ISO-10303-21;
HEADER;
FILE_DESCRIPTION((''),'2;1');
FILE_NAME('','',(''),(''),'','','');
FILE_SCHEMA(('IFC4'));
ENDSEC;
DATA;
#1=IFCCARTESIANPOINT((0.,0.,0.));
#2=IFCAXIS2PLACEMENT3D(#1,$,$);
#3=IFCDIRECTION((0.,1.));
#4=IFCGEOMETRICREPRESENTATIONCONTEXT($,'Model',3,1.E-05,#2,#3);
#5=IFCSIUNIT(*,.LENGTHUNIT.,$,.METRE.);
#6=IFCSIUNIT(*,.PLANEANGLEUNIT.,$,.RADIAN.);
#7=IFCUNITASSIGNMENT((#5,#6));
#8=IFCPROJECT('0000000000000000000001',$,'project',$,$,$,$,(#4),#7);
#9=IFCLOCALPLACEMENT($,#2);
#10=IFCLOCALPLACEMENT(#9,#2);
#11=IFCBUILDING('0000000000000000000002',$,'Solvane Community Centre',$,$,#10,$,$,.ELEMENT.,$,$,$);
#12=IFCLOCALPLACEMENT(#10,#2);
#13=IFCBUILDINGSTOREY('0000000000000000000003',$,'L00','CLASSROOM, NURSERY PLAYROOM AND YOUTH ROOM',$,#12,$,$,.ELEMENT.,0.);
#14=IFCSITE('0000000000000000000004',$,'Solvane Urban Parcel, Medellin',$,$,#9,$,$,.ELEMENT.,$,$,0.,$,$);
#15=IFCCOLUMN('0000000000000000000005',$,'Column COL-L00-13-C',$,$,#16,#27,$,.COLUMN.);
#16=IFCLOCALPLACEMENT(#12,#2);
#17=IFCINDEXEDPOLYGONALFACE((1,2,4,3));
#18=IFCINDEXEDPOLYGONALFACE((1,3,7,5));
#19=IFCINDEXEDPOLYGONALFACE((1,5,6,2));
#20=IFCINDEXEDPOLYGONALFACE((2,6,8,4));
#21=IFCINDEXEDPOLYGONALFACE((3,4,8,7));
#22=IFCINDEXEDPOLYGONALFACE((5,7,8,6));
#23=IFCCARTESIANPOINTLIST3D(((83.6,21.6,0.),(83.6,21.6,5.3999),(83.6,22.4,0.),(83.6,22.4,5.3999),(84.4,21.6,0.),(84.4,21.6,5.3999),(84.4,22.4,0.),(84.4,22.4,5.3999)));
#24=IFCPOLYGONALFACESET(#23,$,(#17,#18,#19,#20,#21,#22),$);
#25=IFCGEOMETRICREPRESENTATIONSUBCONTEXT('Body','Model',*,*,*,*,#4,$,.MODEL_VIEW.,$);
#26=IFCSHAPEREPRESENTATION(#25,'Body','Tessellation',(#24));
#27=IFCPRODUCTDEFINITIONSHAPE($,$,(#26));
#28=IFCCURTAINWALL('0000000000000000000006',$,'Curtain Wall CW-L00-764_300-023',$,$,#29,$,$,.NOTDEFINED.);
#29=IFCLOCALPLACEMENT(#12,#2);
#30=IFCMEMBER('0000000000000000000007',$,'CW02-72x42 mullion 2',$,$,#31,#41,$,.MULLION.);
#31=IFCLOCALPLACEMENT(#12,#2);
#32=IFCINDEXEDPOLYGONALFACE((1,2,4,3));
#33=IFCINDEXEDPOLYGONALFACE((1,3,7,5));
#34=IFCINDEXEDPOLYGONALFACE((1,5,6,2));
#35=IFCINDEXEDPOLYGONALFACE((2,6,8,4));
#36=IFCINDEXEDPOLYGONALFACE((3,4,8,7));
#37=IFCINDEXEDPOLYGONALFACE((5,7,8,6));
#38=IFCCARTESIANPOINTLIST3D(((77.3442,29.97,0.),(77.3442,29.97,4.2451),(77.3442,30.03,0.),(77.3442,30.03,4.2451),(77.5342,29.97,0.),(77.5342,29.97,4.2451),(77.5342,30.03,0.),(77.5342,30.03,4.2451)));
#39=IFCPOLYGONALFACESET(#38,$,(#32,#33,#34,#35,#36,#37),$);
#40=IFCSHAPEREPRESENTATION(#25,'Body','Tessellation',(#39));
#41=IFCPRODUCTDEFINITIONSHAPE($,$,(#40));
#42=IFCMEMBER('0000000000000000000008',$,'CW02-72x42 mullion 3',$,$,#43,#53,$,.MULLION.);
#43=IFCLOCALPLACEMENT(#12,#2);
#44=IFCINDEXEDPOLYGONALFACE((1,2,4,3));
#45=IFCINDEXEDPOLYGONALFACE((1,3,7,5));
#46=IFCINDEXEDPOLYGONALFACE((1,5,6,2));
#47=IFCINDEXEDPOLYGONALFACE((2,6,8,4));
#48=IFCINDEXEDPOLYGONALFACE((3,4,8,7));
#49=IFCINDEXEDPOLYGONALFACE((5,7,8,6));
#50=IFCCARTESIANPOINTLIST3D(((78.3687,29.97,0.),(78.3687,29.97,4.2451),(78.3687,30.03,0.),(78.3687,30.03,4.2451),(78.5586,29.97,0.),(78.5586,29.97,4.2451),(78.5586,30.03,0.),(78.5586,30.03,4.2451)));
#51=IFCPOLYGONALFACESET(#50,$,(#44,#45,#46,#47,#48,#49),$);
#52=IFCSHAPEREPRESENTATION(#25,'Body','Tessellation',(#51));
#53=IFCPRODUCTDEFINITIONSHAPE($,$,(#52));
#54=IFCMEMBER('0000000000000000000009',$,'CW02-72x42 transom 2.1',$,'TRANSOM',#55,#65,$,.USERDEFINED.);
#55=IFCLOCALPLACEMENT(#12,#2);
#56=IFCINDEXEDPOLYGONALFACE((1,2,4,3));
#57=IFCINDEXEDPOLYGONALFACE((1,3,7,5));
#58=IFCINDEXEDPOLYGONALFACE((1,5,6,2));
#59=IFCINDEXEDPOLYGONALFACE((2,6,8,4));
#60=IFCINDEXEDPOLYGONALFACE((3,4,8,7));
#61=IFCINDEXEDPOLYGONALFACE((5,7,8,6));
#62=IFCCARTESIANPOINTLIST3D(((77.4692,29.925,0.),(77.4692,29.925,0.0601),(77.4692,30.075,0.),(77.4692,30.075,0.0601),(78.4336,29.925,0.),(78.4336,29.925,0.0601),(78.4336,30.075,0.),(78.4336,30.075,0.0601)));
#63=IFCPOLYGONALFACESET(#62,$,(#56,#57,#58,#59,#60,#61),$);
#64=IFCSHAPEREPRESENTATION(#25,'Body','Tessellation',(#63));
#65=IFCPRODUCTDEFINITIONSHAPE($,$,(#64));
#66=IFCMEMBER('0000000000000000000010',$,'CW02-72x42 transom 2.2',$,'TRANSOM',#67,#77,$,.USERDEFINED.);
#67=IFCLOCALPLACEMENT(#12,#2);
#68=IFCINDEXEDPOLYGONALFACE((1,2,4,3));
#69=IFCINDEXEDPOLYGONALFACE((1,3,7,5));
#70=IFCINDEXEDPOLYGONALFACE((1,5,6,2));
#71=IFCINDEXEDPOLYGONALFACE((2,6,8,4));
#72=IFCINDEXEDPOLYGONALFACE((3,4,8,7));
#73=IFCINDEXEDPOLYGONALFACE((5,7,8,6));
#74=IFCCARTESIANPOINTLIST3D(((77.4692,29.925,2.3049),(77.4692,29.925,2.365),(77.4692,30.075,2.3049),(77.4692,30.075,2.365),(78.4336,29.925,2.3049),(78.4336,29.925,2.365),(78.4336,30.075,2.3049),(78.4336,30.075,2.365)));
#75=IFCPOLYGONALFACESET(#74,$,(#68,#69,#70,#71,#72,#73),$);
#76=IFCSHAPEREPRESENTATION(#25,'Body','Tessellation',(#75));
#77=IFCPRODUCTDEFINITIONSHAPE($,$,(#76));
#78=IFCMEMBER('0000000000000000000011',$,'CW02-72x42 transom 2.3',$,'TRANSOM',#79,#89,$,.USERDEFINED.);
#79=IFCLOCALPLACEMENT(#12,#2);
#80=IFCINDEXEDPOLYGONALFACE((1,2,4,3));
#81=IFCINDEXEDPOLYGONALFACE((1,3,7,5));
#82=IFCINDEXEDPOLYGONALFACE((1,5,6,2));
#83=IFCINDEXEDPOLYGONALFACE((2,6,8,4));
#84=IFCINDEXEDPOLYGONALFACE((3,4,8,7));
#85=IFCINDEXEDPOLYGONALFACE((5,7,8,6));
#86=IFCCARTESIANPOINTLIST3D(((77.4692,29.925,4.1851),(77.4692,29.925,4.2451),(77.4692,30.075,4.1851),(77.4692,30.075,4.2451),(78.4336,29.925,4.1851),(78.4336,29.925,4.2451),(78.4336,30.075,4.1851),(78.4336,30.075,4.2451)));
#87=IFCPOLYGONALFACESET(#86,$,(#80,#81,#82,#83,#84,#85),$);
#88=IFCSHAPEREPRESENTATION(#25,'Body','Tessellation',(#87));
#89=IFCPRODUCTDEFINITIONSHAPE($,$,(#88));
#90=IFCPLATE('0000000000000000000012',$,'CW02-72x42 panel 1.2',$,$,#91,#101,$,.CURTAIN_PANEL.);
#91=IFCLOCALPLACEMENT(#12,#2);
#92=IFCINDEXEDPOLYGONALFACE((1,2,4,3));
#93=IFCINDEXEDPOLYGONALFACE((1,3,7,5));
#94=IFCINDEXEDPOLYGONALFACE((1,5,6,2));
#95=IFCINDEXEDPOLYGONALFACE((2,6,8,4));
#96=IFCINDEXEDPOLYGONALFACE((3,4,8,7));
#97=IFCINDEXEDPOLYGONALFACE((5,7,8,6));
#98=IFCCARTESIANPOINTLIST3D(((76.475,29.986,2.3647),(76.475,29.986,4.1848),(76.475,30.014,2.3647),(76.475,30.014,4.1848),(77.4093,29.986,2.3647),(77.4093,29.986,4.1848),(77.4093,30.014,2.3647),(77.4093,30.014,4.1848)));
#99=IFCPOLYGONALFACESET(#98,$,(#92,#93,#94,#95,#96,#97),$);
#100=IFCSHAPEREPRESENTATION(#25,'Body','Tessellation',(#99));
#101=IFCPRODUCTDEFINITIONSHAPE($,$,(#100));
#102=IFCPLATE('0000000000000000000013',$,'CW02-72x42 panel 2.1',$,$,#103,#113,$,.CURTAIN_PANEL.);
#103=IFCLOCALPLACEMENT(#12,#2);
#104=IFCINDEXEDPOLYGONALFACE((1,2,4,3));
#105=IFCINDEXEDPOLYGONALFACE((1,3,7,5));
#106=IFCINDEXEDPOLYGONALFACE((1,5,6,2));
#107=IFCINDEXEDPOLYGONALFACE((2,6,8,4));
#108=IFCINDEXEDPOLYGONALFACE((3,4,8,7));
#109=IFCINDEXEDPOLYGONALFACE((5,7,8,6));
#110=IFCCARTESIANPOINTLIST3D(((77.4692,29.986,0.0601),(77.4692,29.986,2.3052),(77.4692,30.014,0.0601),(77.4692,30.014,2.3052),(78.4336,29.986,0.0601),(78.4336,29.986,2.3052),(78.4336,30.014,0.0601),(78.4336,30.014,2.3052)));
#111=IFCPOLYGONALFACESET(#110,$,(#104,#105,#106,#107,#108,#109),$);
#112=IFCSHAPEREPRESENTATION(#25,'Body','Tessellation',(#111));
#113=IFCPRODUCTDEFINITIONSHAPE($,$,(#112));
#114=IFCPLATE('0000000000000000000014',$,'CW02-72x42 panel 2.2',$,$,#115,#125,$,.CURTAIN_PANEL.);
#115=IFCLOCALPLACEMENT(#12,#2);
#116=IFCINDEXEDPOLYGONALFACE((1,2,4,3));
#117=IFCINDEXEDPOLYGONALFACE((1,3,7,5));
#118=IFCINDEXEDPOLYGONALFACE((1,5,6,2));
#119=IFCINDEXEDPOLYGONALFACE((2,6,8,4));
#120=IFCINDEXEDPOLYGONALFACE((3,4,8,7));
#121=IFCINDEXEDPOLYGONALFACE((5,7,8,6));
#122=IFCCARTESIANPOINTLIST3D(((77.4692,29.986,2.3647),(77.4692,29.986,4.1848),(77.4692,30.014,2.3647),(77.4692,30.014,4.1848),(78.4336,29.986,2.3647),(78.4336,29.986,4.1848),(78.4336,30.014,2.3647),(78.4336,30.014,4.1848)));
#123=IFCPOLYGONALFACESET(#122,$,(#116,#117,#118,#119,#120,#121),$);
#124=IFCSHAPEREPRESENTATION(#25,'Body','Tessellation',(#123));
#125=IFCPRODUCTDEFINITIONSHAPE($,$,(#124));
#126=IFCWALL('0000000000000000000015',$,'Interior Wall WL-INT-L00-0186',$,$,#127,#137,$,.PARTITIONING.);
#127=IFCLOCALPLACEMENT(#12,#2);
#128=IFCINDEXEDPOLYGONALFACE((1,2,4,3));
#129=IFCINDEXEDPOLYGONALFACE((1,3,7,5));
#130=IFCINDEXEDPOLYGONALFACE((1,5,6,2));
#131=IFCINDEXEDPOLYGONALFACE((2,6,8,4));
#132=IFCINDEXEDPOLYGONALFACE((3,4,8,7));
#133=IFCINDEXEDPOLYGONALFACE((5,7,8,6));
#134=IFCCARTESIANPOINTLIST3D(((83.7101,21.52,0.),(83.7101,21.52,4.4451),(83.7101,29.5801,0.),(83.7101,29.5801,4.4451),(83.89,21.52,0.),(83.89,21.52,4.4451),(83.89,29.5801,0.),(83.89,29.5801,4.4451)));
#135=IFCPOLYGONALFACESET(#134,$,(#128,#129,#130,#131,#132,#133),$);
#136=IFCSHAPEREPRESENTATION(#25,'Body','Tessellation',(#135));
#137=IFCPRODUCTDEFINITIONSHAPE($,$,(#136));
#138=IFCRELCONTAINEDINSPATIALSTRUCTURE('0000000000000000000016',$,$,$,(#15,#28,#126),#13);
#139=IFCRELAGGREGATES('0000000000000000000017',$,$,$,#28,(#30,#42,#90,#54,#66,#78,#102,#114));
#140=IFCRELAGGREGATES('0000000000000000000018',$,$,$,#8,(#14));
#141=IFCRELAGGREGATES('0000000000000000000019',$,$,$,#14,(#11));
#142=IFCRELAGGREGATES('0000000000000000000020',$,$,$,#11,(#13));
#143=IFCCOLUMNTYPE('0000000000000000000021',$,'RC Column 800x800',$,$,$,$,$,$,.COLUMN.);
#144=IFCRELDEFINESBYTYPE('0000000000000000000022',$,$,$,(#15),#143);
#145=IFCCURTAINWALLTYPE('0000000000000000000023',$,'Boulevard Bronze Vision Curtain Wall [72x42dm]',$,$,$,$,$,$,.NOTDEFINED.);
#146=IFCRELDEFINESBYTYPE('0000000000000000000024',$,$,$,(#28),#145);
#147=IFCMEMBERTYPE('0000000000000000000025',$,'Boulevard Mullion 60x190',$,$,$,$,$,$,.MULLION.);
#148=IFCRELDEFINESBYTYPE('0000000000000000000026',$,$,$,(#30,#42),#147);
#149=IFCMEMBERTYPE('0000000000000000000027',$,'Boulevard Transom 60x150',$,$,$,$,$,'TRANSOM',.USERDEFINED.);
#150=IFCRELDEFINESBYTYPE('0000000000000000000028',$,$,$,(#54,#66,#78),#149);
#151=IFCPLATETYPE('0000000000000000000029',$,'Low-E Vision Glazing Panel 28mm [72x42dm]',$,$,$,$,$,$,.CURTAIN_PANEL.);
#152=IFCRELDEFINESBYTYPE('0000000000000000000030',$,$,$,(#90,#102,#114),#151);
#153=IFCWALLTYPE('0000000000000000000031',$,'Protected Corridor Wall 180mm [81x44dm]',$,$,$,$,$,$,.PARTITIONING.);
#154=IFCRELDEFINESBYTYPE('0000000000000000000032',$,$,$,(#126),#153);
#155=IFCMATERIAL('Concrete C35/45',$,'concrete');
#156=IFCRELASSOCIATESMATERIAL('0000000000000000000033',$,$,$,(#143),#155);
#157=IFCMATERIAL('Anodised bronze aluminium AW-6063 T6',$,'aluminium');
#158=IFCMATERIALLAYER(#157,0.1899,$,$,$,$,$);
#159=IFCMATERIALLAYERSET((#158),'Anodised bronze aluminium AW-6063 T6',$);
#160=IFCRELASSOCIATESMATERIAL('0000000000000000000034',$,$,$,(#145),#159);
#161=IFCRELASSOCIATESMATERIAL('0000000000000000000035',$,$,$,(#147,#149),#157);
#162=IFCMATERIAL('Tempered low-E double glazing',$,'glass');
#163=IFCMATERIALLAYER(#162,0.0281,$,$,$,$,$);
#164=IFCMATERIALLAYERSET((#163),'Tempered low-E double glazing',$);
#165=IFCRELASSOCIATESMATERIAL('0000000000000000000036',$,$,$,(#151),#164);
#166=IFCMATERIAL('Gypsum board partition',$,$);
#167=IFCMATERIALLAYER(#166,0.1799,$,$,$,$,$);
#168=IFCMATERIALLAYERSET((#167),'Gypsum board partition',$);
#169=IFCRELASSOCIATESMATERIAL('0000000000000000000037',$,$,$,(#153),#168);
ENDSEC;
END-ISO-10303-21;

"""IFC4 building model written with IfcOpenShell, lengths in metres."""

from ifc_helpers import new_model, si_unit, direction, frame, frame_2d, origin, origin_2d, place, context, subcontext, project, spatial, rectangle, extrude, material, layer, layer_set, material_profile, profile_set, type_object, element, aggregate, save


model = new_model("IFC4")

# Units and contexts
model_context = context("Model", 3, precision=1e-05, world=origin(), true_north=direction((0.0, 1.0)))
body_context = subcontext(model_context, "Body", "Model", "MODEL_VIEW")
ifc_project = project(units=[si_unit("LENGTHUNIT", "METRE"), si_unit("PLANEANGLEUNIT", "RADIAN")], contexts=[model_context])

# Site, building, storey
site_placement = place(None, origin())
site = spatial("IfcSite", under=ifc_project, at=site_placement, Name="Solvane Urban Parcel, Medellin", CompositionType="ELEMENT", RefElevation=0.0)
building_placement = place(site_placement, origin())
building = spatial("IfcBuilding", under=site, at=building_placement, Name="Solvane Community Centre", CompositionType="ELEMENT")
storey_placement = place(building_placement, origin())
storey = spatial("IfcBuildingStorey", under=building, at=storey_placement, Name="L00", Description="CLASSROOM, NURSERY PLAYROOM AND YOUTH ROOM", CompositionType="ELEMENT", Elevation=0.0)

# Column
ifc_material_1 = material(Name="Concrete C35/45", Category="concrete")
ifc_material_profile_1 = material_profile(ifc_material_1, rectangle(XDim=0.8, YDim=0.8, at=origin_2d()), Name="RC 800x800")
ifc_profile_set_1 = profile_set([ifc_material_profile_1], Name="Concrete C35/45")
column_type = type_object("IfcColumnType", Name="RC Column 800x800", PredefinedType="COLUMN", material=ifc_profile_set_1)
column_placement = place(storey_placement, frame((84.0, 22.0, 0.0), z_axis=(0.0, 0.0, 1.0), x_axis=(1.0, 0.0, 0.0)))
element("IfcColumn", 1, at=column_placement, inside=storey, type_object=column_type, Name="Column COL-L00-13-C", PredefinedType="COLUMN", context=body_context, shape_type="SweptSolid", body=[
    extrude(rectangle(XDim=0.8, YDim=0.8, at=origin_2d()), origin(), (0.0, 0.0, 1.0), 5.3999),
])

# Curtain wall, members, plates
ifc_material_2 = material(Name="Anodised bronze aluminium AW-6063 T6", Category="aluminium")
ifc_layer_1 = layer(ifc_material_2, 0.1899)
ifc_layer_set_1 = layer_set([ifc_layer_1], Name="Anodised bronze aluminium AW-6063 T6")
curtain_wall_type = type_object("IfcCurtainWallType", Name="Boulevard Bronze Vision Curtain Wall [72x42dm]", PredefinedType="NOTDEFINED", material=ifc_layer_set_1)
curtain_wall_placement = place(storey_placement, origin())
curtain_wall = element("IfcCurtainWall", 2, at=curtain_wall_placement, inside=storey, type_object=curtain_wall_type, Name="Curtain Wall CW-L00-764_300-023", PredefinedType="NOTDEFINED")
ifc_material_profile_2 = material_profile(ifc_material_2, rectangle(XDim=0.0601, YDim=0.1899, at=origin_2d()), Name="CW-M 60x190")
ifc_profile_set_2 = profile_set([ifc_material_profile_2], Name="Anodised bronze aluminium AW-6063 T6")
member_type_1 = type_object("IfcMemberType", Name="Boulevard Mullion 60x190", PredefinedType="MULLION", material=ifc_profile_set_2)
member_1_placement = place(storey_placement, frame((77.4392, 30.0, 0.0), z_axis=(0.0, 0.0, 1.0), x_axis=(0.0, 1.0, 0.0)))
member_1 = element("IfcMember", 3, at=member_1_placement, type_object=member_type_1, Name="CW02-72x42 mullion 2", PredefinedType="MULLION", context=body_context, shape_type="SweptSolid", body=[
    extrude(rectangle(XDim=0.0601, YDim=0.1899, at=origin_2d()), origin(), (0.0, 0.0, 1.0), 4.2451),
])
member_2_placement = place(storey_placement, frame((78.4636, 30.0, 0.0), z_axis=(0.0, 0.0, 1.0), x_axis=(0.0, 1.0, 0.0)))
member_2 = element("IfcMember", 4, at=member_2_placement, type_object=member_type_1, Name="CW02-72x42 mullion 3", PredefinedType="MULLION", context=body_context, shape_type="SweptSolid", body=[
    extrude(rectangle(XDim=0.0601, YDim=0.1899, at=origin_2d()), origin(), (0.0, 0.0, 1.0), 4.2451),
])
ifc_material_profile_3 = material_profile(ifc_material_2, rectangle(XDim=0.1499, YDim=0.0601, at=origin_2d()), Name="CW-T 60x150")
ifc_profile_set_3 = profile_set([ifc_material_profile_3], Name="Anodised bronze aluminium AW-6063 T6")
member_type_2 = type_object("IfcMemberType", Name="Boulevard Transom 60x150", ElementType="TRANSOM", PredefinedType="USERDEFINED", material=ifc_profile_set_3)
member_3_placement = place(storey_placement, frame((77.4692, 30.0, 0.03), z_axis=(1.0, 0.0, 0.0), x_axis=(0.0, 1.0, 0.0)))
member_3 = element("IfcMember", 5, at=member_3_placement, type_object=member_type_2, Name="CW02-72x42 transom 2.1", ObjectType="TRANSOM", PredefinedType="USERDEFINED", context=body_context, shape_type="SweptSolid", body=[
    extrude(rectangle(XDim=0.1499, YDim=0.0601, at=origin_2d()), origin(), (0.0, 0.0, 1.0), 0.9644),
])
member_4_placement = place(storey_placement, frame((77.4692, 30.0, 2.335), z_axis=(1.0, 0.0, 0.0), x_axis=(0.0, 1.0, 0.0)))
member_4 = element("IfcMember", 6, at=member_4_placement, type_object=member_type_2, Name="CW02-72x42 transom 2.2", ObjectType="TRANSOM", PredefinedType="USERDEFINED", context=body_context, shape_type="SweptSolid", body=[
    extrude(rectangle(XDim=0.1499, YDim=0.0601, at=origin_2d()), origin(), (0.0, 0.0, 1.0), 0.9644),
])
member_5_placement = place(storey_placement, frame((77.4692, 30.0, 4.2151), z_axis=(1.0, 0.0, 0.0), x_axis=(0.0, 1.0, 0.0)))
member_5 = element("IfcMember", 7, at=member_5_placement, type_object=member_type_2, Name="CW02-72x42 transom 2.3", ObjectType="TRANSOM", PredefinedType="USERDEFINED", context=body_context, shape_type="SweptSolid", body=[
    extrude(rectangle(XDim=0.1499, YDim=0.0601, at=origin_2d()), origin(), (0.0, 0.0, 1.0), 0.9644),
])
ifc_material_3 = material(Name="Tempered low-E double glazing", Category="glass")
ifc_layer_2 = layer(ifc_material_3, 0.0281)
ifc_layer_set_2 = layer_set([ifc_layer_2], Name="Tempered low-E double glazing")
plate_type = type_object("IfcPlateType", Name="Low-E Vision Glazing Panel 28mm [72x42dm]", PredefinedType="CURTAIN_PANEL", material=ifc_layer_set_2)
plate_1_placement = place(storey_placement, frame((76.9421, 30.0, 2.3647), z_axis=(0.0, 0.0, 1.0), x_axis=(1.0, 0.0, 0.0)))
plate_1 = element("IfcPlate", 8, at=plate_1_placement, type_object=plate_type, Name="CW02-72x42 panel 1.2", PredefinedType="CURTAIN_PANEL", context=body_context, shape_type="SweptSolid", body=[
    extrude(rectangle(XDim=0.9343, YDim=0.0281, at=origin_2d()), origin(), (0.0, 0.0, 1.0), 1.8201),
])
plate_2_placement = place(storey_placement, frame((77.9514, 30.0, 0.0601), z_axis=(0.0, 0.0, 1.0), x_axis=(1.0, 0.0, 0.0)))
plate_2 = element("IfcPlate", 9, at=plate_2_placement, type_object=plate_type, Name="CW02-72x42 panel 2.1", PredefinedType="CURTAIN_PANEL", context=body_context, shape_type="SweptSolid", body=[
    extrude(rectangle(XDim=0.9644, YDim=0.0281, at=origin_2d()), origin(), (0.0, 0.0, 1.0), 2.2451),
])
plate_3_placement = place(storey_placement, frame((77.9514, 30.0, 2.3647), z_axis=(0.0, 0.0, 1.0), x_axis=(1.0, 0.0, 0.0)))
plate_3 = element("IfcPlate", 10, at=plate_3_placement, type_object=plate_type, Name="CW02-72x42 panel 2.2", PredefinedType="CURTAIN_PANEL", context=body_context, shape_type="SweptSolid", body=[
    extrude(rectangle(XDim=0.9644, YDim=0.0281, at=origin_2d()), origin(), (0.0, 0.0, 1.0), 1.8201),
])
aggregate(curtain_wall, [member_1, member_2, plate_1, member_3, member_4, member_5, plate_2, plate_3])

# Wall
ifc_material_4 = material(Name="Gypsum board partition")
ifc_layer_3 = layer(ifc_material_4, 0.1799)
ifc_layer_set_3 = layer_set([ifc_layer_3], Name="Gypsum board partition")
wall_type = type_object("IfcWallType", Name="Protected Corridor Wall 180mm [81x44dm]", PredefinedType="PARTITIONING", material=ifc_layer_set_3)
wall_placement = place(storey_placement, frame((83.8, 21.52, 0.0), z_axis=(0.0, 0.0, 1.0), x_axis=(0.0, 1.0, 0.0)))
element("IfcWall", 11, at=wall_placement, inside=storey, type_object=wall_type, Name="Interior Wall WL-INT-L00-0186", PredefinedType="PARTITIONING", context=body_context, shape_type="SweptSolid", body=[
    extrude(rectangle(XDim=8.0601, YDim=0.1799, at=frame_2d((4.03, 0.0))), origin(), (0.0, 0.0, 1.0), 4.4451),
])

save(model, "model.ifc")
